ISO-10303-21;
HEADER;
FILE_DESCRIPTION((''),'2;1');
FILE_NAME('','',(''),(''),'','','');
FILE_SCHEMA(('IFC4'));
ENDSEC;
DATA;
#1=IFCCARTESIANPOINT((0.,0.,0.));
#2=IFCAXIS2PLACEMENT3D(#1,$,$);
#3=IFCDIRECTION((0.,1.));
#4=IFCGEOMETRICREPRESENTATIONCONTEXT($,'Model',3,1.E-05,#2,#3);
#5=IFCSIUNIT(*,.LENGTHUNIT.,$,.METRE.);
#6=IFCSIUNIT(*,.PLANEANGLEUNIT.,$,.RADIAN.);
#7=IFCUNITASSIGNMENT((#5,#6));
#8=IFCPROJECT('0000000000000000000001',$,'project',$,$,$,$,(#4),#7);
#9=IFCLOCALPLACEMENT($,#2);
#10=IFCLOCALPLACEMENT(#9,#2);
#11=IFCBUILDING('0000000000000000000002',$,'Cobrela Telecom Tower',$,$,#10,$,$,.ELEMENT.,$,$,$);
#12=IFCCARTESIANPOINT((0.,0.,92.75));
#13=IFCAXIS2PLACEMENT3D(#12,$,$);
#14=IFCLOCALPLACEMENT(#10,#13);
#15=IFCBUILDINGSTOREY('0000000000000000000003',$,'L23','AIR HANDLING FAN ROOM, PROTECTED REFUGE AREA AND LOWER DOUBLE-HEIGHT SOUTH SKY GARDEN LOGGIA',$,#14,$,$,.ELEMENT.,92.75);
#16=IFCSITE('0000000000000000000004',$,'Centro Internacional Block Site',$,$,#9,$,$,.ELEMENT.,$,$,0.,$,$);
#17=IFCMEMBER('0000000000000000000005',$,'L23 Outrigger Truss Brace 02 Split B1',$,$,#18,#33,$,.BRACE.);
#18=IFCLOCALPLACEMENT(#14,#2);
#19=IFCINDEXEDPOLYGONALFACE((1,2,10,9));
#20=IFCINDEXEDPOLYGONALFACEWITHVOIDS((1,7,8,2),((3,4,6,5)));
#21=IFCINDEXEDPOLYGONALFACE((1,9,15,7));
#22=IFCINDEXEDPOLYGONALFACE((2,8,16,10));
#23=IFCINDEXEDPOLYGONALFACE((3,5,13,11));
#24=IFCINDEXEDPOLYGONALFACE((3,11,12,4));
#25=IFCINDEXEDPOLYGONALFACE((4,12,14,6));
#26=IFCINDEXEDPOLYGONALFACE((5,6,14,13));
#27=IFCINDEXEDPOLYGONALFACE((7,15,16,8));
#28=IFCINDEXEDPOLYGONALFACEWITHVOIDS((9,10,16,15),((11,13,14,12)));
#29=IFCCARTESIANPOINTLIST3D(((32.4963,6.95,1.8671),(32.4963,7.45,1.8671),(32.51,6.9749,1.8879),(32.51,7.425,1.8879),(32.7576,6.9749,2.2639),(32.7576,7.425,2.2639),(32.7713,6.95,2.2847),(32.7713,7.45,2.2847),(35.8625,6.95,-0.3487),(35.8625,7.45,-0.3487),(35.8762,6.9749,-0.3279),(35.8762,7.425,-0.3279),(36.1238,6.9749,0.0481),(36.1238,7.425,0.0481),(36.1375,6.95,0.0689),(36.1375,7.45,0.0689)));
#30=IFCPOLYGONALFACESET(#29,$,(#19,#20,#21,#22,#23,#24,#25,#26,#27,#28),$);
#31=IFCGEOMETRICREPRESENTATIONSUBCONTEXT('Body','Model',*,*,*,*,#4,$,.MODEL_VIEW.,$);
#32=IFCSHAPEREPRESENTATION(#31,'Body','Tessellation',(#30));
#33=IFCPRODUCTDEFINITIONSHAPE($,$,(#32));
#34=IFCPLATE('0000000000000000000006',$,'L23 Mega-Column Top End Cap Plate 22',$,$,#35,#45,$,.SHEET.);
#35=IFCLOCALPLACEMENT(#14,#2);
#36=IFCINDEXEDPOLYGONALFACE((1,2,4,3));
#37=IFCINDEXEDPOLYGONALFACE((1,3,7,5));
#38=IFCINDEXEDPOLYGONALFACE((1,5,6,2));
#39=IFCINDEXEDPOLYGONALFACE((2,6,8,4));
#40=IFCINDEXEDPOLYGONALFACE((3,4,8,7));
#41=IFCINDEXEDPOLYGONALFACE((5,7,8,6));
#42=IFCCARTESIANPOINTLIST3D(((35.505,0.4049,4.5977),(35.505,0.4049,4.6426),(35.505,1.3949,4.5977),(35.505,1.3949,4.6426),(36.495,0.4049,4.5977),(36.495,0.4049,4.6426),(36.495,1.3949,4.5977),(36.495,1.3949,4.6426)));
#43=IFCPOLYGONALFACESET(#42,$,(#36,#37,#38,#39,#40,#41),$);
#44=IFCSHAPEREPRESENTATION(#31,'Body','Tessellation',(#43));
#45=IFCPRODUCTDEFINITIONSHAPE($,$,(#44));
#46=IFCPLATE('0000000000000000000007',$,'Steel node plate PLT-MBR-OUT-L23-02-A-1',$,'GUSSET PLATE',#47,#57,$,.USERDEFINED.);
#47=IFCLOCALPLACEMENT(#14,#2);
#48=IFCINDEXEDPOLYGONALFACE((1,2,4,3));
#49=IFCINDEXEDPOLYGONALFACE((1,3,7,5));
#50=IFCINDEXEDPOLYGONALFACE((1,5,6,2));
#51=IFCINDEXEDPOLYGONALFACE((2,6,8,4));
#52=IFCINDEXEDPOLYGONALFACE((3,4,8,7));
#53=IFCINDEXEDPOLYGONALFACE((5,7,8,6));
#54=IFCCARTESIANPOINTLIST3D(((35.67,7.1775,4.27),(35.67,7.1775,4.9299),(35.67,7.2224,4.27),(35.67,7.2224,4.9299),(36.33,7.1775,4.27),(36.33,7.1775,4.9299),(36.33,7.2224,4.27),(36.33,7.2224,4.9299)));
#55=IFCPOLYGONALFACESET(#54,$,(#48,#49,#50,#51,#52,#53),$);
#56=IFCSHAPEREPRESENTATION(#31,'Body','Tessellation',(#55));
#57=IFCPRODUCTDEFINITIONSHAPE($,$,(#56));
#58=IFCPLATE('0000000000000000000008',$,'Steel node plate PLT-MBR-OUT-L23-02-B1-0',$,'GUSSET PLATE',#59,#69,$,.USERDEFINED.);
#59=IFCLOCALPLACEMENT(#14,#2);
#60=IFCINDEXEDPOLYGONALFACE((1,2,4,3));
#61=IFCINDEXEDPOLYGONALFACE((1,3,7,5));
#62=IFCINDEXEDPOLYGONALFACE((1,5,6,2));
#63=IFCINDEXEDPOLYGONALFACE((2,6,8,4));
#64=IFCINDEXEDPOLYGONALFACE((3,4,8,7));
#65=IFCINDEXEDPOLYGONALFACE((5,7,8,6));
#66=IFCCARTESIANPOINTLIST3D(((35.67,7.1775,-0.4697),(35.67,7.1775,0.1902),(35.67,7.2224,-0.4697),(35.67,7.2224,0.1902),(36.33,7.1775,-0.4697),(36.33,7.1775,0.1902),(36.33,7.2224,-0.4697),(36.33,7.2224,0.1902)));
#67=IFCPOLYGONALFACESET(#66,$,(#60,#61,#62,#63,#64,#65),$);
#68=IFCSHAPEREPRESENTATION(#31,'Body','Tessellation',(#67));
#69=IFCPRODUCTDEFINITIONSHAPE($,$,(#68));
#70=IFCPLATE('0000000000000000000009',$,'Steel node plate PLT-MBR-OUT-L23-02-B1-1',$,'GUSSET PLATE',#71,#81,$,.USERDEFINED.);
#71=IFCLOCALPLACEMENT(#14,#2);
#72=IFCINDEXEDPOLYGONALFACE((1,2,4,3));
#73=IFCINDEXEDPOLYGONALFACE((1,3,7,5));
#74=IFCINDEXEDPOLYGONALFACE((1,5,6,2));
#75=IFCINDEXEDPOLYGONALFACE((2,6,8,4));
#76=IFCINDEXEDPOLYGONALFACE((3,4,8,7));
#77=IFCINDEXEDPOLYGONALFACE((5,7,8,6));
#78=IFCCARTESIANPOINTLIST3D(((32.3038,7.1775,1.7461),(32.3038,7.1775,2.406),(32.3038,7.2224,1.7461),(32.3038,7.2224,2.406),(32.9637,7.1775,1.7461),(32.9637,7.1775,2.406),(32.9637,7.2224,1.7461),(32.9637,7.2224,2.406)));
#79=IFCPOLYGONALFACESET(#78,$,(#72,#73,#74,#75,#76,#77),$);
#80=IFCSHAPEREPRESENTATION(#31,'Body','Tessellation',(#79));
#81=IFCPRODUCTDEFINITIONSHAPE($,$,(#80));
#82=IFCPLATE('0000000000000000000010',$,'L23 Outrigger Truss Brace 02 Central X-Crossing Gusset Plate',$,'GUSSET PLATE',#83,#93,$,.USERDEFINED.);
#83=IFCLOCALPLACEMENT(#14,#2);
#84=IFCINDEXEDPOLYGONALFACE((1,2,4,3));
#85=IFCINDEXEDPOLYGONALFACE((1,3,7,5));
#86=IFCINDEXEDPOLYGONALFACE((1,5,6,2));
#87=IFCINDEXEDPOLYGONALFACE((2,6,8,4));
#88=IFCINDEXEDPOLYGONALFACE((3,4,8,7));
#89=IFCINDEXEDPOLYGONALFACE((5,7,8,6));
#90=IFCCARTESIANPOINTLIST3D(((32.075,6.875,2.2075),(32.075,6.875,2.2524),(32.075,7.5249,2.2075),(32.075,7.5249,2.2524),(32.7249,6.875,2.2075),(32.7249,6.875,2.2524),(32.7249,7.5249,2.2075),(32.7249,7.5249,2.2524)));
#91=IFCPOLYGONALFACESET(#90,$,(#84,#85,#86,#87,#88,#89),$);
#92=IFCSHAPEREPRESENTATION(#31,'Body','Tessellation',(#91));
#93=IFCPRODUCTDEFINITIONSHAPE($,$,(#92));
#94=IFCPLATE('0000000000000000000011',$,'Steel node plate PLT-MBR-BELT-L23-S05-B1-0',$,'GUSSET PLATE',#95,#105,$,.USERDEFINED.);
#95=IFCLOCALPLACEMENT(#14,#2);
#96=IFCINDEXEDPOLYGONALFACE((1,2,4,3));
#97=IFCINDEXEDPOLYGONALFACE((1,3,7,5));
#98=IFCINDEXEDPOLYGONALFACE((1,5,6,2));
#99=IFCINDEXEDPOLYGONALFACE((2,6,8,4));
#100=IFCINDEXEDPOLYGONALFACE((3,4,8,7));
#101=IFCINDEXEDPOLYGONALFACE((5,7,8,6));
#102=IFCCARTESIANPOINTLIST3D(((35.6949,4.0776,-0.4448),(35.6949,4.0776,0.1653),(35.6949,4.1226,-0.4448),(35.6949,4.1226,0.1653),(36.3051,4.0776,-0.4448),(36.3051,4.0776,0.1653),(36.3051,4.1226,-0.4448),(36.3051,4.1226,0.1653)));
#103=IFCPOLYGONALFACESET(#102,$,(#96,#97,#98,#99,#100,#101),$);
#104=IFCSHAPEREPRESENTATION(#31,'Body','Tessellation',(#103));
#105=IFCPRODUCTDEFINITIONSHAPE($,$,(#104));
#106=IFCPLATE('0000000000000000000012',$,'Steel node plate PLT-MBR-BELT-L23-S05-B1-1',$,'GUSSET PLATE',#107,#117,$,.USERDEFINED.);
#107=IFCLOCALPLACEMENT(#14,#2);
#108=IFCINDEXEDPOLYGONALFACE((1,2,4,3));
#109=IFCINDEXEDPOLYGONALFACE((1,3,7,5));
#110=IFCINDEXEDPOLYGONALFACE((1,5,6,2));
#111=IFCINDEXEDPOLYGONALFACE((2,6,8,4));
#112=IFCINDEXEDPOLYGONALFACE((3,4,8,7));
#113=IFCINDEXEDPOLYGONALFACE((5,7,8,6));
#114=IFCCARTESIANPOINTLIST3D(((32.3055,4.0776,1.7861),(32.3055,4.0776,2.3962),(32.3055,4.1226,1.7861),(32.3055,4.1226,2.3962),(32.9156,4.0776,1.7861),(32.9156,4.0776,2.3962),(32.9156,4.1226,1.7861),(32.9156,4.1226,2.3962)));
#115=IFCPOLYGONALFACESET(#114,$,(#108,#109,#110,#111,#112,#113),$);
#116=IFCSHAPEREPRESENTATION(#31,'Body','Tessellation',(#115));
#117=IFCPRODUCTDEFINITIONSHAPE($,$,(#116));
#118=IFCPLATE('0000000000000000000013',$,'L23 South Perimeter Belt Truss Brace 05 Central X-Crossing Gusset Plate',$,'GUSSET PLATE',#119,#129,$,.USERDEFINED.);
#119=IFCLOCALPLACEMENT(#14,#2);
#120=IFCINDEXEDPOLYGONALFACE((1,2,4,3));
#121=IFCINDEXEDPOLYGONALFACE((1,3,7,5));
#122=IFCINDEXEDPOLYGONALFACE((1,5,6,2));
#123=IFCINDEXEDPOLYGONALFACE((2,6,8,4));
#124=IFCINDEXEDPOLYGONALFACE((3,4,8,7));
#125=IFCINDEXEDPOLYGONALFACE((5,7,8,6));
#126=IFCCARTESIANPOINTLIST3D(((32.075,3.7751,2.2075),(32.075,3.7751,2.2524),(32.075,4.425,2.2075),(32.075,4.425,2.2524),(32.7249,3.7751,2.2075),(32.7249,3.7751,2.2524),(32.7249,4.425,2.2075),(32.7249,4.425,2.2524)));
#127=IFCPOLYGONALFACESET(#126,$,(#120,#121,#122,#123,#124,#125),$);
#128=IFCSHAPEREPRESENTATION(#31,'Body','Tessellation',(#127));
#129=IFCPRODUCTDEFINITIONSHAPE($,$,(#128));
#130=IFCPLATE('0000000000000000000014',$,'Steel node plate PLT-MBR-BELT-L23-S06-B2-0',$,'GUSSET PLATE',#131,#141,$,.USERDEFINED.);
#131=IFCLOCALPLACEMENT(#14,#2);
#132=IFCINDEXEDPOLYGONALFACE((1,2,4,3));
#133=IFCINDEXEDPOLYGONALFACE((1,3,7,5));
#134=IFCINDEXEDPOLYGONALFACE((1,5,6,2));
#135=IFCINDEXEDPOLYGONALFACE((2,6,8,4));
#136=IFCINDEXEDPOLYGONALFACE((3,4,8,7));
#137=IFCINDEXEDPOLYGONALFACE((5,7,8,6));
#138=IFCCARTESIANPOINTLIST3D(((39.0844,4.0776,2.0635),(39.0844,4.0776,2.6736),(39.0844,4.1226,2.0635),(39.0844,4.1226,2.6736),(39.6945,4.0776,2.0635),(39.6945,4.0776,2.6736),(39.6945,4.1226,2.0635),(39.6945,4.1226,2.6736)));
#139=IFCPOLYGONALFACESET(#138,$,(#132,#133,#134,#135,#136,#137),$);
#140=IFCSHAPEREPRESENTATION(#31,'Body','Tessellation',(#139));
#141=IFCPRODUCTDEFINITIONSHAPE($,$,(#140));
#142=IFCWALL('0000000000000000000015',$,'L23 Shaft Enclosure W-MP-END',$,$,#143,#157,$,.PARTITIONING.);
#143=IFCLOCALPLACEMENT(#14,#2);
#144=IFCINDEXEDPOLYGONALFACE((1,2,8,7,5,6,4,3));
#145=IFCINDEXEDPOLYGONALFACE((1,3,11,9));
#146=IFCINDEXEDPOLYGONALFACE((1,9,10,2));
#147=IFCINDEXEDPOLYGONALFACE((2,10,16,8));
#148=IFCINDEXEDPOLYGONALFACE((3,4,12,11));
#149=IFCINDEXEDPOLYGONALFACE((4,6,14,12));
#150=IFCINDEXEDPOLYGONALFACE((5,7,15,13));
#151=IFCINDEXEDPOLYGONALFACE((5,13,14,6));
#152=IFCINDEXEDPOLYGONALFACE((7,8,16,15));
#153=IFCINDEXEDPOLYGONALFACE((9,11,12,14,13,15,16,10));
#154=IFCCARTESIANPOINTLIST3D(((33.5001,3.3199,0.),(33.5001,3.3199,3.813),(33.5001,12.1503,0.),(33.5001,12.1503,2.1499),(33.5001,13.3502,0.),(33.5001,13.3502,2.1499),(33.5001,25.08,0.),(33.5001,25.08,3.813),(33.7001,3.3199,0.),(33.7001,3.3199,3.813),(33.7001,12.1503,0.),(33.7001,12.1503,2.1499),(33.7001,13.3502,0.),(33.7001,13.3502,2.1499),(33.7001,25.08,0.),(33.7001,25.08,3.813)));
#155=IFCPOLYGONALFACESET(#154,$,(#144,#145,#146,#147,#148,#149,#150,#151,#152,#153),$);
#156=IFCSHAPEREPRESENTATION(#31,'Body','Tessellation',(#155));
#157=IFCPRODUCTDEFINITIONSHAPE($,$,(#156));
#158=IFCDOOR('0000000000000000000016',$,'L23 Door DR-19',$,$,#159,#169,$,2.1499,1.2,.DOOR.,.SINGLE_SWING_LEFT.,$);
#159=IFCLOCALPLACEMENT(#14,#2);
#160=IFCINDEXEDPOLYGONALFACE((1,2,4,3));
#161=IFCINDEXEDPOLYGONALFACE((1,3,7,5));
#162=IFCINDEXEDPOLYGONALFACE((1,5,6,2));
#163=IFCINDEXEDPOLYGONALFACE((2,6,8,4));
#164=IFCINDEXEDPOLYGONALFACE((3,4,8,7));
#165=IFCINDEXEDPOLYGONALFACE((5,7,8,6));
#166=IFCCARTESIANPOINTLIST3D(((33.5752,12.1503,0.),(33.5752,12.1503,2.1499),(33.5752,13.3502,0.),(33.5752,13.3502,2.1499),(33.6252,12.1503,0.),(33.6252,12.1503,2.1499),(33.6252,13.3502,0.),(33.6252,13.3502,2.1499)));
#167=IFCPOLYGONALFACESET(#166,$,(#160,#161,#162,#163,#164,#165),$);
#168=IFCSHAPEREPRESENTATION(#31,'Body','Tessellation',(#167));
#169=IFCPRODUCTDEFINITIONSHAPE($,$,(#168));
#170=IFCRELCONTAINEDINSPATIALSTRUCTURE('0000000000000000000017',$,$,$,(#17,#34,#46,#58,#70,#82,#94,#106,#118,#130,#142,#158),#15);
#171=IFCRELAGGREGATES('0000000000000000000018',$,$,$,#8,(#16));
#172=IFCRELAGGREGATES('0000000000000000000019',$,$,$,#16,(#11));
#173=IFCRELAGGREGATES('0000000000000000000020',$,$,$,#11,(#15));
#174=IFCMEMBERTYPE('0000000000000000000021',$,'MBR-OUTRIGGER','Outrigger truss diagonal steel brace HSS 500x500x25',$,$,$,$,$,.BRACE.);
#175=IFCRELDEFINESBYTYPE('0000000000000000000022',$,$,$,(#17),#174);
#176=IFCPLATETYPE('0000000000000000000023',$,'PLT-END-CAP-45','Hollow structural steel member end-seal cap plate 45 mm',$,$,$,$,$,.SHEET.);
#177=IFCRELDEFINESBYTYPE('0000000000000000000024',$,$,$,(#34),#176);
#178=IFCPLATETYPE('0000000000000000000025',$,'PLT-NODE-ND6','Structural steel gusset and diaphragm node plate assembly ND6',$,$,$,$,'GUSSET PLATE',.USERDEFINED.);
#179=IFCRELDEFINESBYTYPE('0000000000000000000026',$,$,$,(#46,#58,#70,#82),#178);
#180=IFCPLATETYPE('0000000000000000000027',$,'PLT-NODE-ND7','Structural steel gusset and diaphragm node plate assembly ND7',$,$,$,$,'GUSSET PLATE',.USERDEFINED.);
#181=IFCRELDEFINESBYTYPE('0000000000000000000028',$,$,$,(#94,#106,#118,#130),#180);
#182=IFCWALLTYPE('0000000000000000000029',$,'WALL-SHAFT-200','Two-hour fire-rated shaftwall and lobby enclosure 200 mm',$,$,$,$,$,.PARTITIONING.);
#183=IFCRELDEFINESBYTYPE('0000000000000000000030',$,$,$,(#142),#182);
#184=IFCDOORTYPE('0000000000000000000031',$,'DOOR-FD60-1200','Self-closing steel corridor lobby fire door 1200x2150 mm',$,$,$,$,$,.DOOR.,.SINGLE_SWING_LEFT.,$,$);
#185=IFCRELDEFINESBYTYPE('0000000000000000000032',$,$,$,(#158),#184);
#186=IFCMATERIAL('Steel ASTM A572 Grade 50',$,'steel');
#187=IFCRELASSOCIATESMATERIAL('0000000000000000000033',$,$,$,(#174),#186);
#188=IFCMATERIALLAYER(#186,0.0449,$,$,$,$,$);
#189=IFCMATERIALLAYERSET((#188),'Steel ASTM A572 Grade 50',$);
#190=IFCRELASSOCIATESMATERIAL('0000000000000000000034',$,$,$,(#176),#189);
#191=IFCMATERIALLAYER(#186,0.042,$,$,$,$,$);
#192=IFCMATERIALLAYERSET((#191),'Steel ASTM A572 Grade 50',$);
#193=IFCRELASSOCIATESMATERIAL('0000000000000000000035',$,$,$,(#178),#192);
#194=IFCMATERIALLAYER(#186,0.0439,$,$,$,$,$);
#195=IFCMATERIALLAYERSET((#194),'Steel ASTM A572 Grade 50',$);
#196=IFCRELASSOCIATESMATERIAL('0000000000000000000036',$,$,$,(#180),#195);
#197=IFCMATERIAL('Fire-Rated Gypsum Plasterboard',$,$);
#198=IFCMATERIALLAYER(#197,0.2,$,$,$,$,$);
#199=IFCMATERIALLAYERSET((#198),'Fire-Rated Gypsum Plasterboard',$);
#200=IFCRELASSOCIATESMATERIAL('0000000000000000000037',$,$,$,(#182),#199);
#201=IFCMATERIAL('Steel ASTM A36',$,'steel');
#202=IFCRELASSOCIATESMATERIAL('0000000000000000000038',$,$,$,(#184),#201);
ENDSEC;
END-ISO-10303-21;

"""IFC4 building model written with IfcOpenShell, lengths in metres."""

from ifc_helpers import new_model, si_unit, direction, frame, frame_2d, origin, origin_2d, place, context, subcontext, project, spatial, rectangle, hollow_rectangle, extrude, material, layer, layer_set, material_profile, profile_set, type_object, element, fill, save


model = new_model("IFC4")

# Units and contexts
model_context = context("Model", 3, precision=1e-05, world=origin(), true_north=direction((0.0, 1.0)))
body_context = subcontext(model_context, "Body", "Model", "MODEL_VIEW")
ifc_project = project(units=[si_unit("LENGTHUNIT", "METRE"), si_unit("PLANEANGLEUNIT", "RADIAN")], contexts=[model_context])

# Site, building, storey
site_placement = place(None, origin())
site = spatial("IfcSite", under=ifc_project, at=site_placement, Name="Centro Internacional Block Site", CompositionType="ELEMENT", RefElevation=0.0)
building_placement = place(site_placement, origin())
building = spatial("IfcBuilding", under=site, at=building_placement, Name="Cobrela Telecom Tower", CompositionType="ELEMENT")
storey_placement = place(building_placement, frame((0.0, 0.0, 92.75)))
storey = spatial("IfcBuildingStorey", under=building, at=storey_placement, Name="L23", Description="AIR HANDLING FAN ROOM, PROTECTED REFUGE AREA AND LOWER DOUBLE-HEIGHT SOUTH SKY GARDEN LOGGIA", CompositionType="ELEMENT", Elevation=92.75)

# Shared definitions
ifc_material_1 = material(Name="Steel ASTM A572 Grade 50", Category="steel")

# Member
ifc_material_profile_1 = material_profile(ifc_material_1, hollow_rectangle(XDim=0.5, YDim=0.5, WallThickness=0.0249, at=origin_2d()), Name="HSS 500x500x25")
ifc_profile_set_1 = profile_set([ifc_material_profile_1], Name="Steel ASTM A572 Grade 50")
member_type_1 = type_object("IfcMemberType", Name="MBR-OUTRIGGER", Description="Outrigger truss diagonal steel brace HSS 500x500x25", PredefinedType="BRACE", material=ifc_profile_set_1)
member_1_placement = place(storey_placement, frame((36.0, 7.2, -0.1399), z_axis=(-0.835279, 0.0, 0.549826), x_axis=(0.0, -1.0, 0.0)))
element("IfcMember", 1, at=member_1_placement, inside=storey, type_object=member_type_1, Name="L23 Outrigger Truss Brace 02 Split B1", PredefinedType="BRACE", context=body_context, shape_type="SweptSolid", body=[
    extrude(hollow_rectangle(XDim=0.5, YDim=0.5, WallThickness=0.0249, at=origin_2d()), origin(), (0.0, 0.0, 1.0), 4.03),
])

# Plates
ifc_layer_1 = layer(ifc_material_1, 0.0449)
ifc_layer_set_1 = layer_set([ifc_layer_1], Name="Steel ASTM A572 Grade 50")
plate_type_1 = type_object("IfcPlateType", Name="PLT-END-CAP-45", Description="Hollow structural steel member end-seal cap plate 45 mm", PredefinedType="SHEET", material=ifc_layer_set_1)
plate_1_placement = place(storey_placement, frame((36.0, 0.8999, 4.5977), z_axis=(0.0, 0.0, 1.0), x_axis=(1.0, 0.0, 0.0)))
element("IfcPlate", 2, at=plate_1_placement, inside=storey, type_object=plate_type_1, Name="L23 Mega-Column Top End Cap Plate 22", PredefinedType="SHEET", context=body_context, shape_type="SweptSolid", body=[
    extrude(rectangle(XDim=0.99, YDim=0.99, at=origin_2d()), origin(), (0.0, 0.0, 1.0), 0.0449),
])
ifc_layer_2 = layer(ifc_material_1, 0.042)
ifc_layer_set_2 = layer_set([ifc_layer_2], Name="Steel ASTM A572 Grade 50")
plate_type_2 = type_object("IfcPlateType", Name="PLT-NODE-ND6", Description="Structural steel gusset and diaphragm node plate assembly ND6", ElementType="GUSSET PLATE", PredefinedType="USERDEFINED", material=ifc_layer_set_2)
for number, where, z_axis, x_axis, name in (
    (3, (36.0, 7.2, 4.27), (0.0, 0.0, 1.0), (1.0, 0.0, 0.0), "Steel node plate PLT-MBR-OUT-L23-02-A-1"),
    (4, (36.0, 7.2, -0.4697), (0.0, 0.0, 1.0), (-1.0, 0.0, 0.0), "Steel node plate PLT-MBR-OUT-L23-02-B1-0"),
    (5, (32.6338, 7.2, 1.7461), (0.0, 0.0, 1.0), (-1.0, 0.0, 0.0), "Steel node plate PLT-MBR-OUT-L23-02-B1-1"),
):
    element("IfcPlate", number, at=place(storey_placement, frame(where, z_axis=z_axis, x_axis=x_axis)), inside=storey, type_object=plate_type_2, Name=name, ObjectType="GUSSET PLATE", PredefinedType="USERDEFINED", context=body_context, shape_type="SweptSolid", body=[
        extrude(rectangle(XDim=0.6599, YDim=0.0449, at=origin_2d()), origin(), (0.0, 0.0, 1.0), 0.6599),
    ])
plate_2_placement = place(storey_placement, frame((32.3999, 7.2, 2.2075), z_axis=(0.0, 0.0, 1.0), x_axis=(1.0, 0.0, 0.0)))
element("IfcPlate", 6, at=plate_2_placement, inside=storey, type_object=plate_type_2, Name="L23 Outrigger Truss Brace 02 Central X-Crossing Gusset Plate", ObjectType="GUSSET PLATE", PredefinedType="USERDEFINED", context=body_context, shape_type="SweptSolid", body=[
    extrude(rectangle(XDim=0.6499, YDim=0.6499, at=origin_2d()), origin(), (0.0, 0.0, 1.0), 0.0449),
])
ifc_layer_3 = layer(ifc_material_1, 0.0439)
ifc_layer_set_3 = layer_set([ifc_layer_3], Name="Steel ASTM A572 Grade 50")
plate_type_3 = type_object("IfcPlateType", Name="PLT-NODE-ND7", Description="Structural steel gusset and diaphragm node plate assembly ND7", ElementType="GUSSET PLATE", PredefinedType="USERDEFINED", material=ifc_layer_set_3)
for number, where, z_axis, x_axis, name in (
    (7, (36.0, 4.1001, -0.4448), (0.0, 0.0, 1.0), (-1.0, 0.0, 0.0), "Steel node plate PLT-MBR-BELT-L23-S05-B1-0"),
    (8, (32.6106, 4.1001, 1.7861), (0.0, 0.0, 1.0), (-1.0, 0.0, 0.0), "Steel node plate PLT-MBR-BELT-L23-S05-B1-1"),
):
    element("IfcPlate", number, at=place(storey_placement, frame(where, z_axis=z_axis, x_axis=x_axis)), inside=storey, type_object=plate_type_3, Name=name, ObjectType="GUSSET PLATE", PredefinedType="USERDEFINED", context=body_context, shape_type="SweptSolid", body=[
        extrude(rectangle(XDim=0.6101, YDim=0.0449, at=origin_2d()), origin(), (0.0, 0.0, 1.0), 0.6101),
    ])
plate_3_placement = place(storey_placement, frame((32.3999, 4.1001, 2.2075), z_axis=(0.0, 0.0, 1.0), x_axis=(1.0, 0.0, 0.0)))
element("IfcPlate", 9, at=plate_3_placement, inside=storey, type_object=plate_type_3, Name="L23 South Perimeter Belt Truss Brace 05 Central X-Crossing Gusset Plate", ObjectType="GUSSET PLATE", PredefinedType="USERDEFINED", context=body_context, shape_type="SweptSolid", body=[
    extrude(rectangle(XDim=0.6499, YDim=0.6499, at=origin_2d()), origin(), (0.0, 0.0, 1.0), 0.0449),
])
plate_4_placement = place(storey_placement, frame((39.3894, 4.1001, 2.0635), z_axis=(0.0, 0.0, 1.0), x_axis=(-1.0, 0.0, 0.0)))
element("IfcPlate", 10, at=plate_4_placement, inside=storey, type_object=plate_type_3, Name="Steel node plate PLT-MBR-BELT-L23-S06-B2-0", ObjectType="GUSSET PLATE", PredefinedType="USERDEFINED", context=body_context, shape_type="SweptSolid", body=[
    extrude(rectangle(XDim=0.6101, YDim=0.0449, at=origin_2d()), origin(), (0.0, 0.0, 1.0), 0.6101),
])

# Wall, opening, door
ifc_material_2 = material(Name="Fire-Rated Gypsum Plasterboard")
ifc_layer_4 = layer(ifc_material_2, 0.2)
ifc_layer_set_4 = layer_set([ifc_layer_4], Name="Fire-Rated Gypsum Plasterboard")
wall_type = type_object("IfcWallType", Name="WALL-SHAFT-200", Description="Two-hour fire-rated shaftwall and lobby enclosure 200 mm", PredefinedType="PARTITIONING", material=ifc_layer_set_4)
wall_placement = place(storey_placement, frame((33.6001, 3.3201, 0.0), z_axis=(0.0, 0.0, 1.0), x_axis=(0.0, 1.0, 0.0)))
wall = element("IfcWall", 11, at=wall_placement, inside=storey, type_object=wall_type, Name="L23 Shaft Enclosure W-MP-END", PredefinedType="PARTITIONING", context=body_context, shape_type="SweptSolid", body=[
    extrude(rectangle(XDim=21.76, YDim=0.2, at=frame_2d((10.8799, 0.0))), origin(), (0.0, 0.0, 1.0), 3.813),
])
opening_placement = place(wall_placement, frame((8.8301, 0.0, 0.0)))
opening = element("IfcOpeningElement", 12, at=opening_placement, cuts=wall, PredefinedType="OPENING", context=body_context, shape_type="SweptSolid", body=[
    extrude(rectangle(XDim=1.2, YDim=2.1499, at=frame_2d((0.6001, 1.075))), frame((0.0, 0.1118, 0.0), z_axis=(0.0, -1.0, 0.0), x_axis=(1.0, 0.0, 0.0)), (0.0, 0.0, 1.0), 0.2239),
])
ifc_material_3 = material(Name="Steel ASTM A36", Category="steel")
door_type = type_object("IfcDoorType", Name="DOOR-FD60-1200", Description="Self-closing steel corridor lobby fire door 1200x2150 mm", OperationType="SINGLE_SWING_LEFT", PredefinedType="DOOR", material=ifc_material_3)
door_placement = place(opening_placement, origin())
door = element("IfcDoor", 13, at=door_placement, inside=storey, type_object=door_type, Name="L23 Door DR-19", OperationType="SINGLE_SWING_LEFT", OverallHeight=2.1499, OverallWidth=1.2, PredefinedType="DOOR", context=body_context, shape_type="SweptSolid", body=[
    extrude(rectangle(XDim=1.2, YDim=2.1499, at=frame_2d((0.6001, 1.075))), frame((0.0, 0.0249, 0.0), z_axis=(0.0, -1.0, 0.0), x_axis=(1.0, 0.0, 0.0)), (0.0, 0.0, 1.0), 0.05),
])
fill(opening, door)

save(model, "model.ifc")
